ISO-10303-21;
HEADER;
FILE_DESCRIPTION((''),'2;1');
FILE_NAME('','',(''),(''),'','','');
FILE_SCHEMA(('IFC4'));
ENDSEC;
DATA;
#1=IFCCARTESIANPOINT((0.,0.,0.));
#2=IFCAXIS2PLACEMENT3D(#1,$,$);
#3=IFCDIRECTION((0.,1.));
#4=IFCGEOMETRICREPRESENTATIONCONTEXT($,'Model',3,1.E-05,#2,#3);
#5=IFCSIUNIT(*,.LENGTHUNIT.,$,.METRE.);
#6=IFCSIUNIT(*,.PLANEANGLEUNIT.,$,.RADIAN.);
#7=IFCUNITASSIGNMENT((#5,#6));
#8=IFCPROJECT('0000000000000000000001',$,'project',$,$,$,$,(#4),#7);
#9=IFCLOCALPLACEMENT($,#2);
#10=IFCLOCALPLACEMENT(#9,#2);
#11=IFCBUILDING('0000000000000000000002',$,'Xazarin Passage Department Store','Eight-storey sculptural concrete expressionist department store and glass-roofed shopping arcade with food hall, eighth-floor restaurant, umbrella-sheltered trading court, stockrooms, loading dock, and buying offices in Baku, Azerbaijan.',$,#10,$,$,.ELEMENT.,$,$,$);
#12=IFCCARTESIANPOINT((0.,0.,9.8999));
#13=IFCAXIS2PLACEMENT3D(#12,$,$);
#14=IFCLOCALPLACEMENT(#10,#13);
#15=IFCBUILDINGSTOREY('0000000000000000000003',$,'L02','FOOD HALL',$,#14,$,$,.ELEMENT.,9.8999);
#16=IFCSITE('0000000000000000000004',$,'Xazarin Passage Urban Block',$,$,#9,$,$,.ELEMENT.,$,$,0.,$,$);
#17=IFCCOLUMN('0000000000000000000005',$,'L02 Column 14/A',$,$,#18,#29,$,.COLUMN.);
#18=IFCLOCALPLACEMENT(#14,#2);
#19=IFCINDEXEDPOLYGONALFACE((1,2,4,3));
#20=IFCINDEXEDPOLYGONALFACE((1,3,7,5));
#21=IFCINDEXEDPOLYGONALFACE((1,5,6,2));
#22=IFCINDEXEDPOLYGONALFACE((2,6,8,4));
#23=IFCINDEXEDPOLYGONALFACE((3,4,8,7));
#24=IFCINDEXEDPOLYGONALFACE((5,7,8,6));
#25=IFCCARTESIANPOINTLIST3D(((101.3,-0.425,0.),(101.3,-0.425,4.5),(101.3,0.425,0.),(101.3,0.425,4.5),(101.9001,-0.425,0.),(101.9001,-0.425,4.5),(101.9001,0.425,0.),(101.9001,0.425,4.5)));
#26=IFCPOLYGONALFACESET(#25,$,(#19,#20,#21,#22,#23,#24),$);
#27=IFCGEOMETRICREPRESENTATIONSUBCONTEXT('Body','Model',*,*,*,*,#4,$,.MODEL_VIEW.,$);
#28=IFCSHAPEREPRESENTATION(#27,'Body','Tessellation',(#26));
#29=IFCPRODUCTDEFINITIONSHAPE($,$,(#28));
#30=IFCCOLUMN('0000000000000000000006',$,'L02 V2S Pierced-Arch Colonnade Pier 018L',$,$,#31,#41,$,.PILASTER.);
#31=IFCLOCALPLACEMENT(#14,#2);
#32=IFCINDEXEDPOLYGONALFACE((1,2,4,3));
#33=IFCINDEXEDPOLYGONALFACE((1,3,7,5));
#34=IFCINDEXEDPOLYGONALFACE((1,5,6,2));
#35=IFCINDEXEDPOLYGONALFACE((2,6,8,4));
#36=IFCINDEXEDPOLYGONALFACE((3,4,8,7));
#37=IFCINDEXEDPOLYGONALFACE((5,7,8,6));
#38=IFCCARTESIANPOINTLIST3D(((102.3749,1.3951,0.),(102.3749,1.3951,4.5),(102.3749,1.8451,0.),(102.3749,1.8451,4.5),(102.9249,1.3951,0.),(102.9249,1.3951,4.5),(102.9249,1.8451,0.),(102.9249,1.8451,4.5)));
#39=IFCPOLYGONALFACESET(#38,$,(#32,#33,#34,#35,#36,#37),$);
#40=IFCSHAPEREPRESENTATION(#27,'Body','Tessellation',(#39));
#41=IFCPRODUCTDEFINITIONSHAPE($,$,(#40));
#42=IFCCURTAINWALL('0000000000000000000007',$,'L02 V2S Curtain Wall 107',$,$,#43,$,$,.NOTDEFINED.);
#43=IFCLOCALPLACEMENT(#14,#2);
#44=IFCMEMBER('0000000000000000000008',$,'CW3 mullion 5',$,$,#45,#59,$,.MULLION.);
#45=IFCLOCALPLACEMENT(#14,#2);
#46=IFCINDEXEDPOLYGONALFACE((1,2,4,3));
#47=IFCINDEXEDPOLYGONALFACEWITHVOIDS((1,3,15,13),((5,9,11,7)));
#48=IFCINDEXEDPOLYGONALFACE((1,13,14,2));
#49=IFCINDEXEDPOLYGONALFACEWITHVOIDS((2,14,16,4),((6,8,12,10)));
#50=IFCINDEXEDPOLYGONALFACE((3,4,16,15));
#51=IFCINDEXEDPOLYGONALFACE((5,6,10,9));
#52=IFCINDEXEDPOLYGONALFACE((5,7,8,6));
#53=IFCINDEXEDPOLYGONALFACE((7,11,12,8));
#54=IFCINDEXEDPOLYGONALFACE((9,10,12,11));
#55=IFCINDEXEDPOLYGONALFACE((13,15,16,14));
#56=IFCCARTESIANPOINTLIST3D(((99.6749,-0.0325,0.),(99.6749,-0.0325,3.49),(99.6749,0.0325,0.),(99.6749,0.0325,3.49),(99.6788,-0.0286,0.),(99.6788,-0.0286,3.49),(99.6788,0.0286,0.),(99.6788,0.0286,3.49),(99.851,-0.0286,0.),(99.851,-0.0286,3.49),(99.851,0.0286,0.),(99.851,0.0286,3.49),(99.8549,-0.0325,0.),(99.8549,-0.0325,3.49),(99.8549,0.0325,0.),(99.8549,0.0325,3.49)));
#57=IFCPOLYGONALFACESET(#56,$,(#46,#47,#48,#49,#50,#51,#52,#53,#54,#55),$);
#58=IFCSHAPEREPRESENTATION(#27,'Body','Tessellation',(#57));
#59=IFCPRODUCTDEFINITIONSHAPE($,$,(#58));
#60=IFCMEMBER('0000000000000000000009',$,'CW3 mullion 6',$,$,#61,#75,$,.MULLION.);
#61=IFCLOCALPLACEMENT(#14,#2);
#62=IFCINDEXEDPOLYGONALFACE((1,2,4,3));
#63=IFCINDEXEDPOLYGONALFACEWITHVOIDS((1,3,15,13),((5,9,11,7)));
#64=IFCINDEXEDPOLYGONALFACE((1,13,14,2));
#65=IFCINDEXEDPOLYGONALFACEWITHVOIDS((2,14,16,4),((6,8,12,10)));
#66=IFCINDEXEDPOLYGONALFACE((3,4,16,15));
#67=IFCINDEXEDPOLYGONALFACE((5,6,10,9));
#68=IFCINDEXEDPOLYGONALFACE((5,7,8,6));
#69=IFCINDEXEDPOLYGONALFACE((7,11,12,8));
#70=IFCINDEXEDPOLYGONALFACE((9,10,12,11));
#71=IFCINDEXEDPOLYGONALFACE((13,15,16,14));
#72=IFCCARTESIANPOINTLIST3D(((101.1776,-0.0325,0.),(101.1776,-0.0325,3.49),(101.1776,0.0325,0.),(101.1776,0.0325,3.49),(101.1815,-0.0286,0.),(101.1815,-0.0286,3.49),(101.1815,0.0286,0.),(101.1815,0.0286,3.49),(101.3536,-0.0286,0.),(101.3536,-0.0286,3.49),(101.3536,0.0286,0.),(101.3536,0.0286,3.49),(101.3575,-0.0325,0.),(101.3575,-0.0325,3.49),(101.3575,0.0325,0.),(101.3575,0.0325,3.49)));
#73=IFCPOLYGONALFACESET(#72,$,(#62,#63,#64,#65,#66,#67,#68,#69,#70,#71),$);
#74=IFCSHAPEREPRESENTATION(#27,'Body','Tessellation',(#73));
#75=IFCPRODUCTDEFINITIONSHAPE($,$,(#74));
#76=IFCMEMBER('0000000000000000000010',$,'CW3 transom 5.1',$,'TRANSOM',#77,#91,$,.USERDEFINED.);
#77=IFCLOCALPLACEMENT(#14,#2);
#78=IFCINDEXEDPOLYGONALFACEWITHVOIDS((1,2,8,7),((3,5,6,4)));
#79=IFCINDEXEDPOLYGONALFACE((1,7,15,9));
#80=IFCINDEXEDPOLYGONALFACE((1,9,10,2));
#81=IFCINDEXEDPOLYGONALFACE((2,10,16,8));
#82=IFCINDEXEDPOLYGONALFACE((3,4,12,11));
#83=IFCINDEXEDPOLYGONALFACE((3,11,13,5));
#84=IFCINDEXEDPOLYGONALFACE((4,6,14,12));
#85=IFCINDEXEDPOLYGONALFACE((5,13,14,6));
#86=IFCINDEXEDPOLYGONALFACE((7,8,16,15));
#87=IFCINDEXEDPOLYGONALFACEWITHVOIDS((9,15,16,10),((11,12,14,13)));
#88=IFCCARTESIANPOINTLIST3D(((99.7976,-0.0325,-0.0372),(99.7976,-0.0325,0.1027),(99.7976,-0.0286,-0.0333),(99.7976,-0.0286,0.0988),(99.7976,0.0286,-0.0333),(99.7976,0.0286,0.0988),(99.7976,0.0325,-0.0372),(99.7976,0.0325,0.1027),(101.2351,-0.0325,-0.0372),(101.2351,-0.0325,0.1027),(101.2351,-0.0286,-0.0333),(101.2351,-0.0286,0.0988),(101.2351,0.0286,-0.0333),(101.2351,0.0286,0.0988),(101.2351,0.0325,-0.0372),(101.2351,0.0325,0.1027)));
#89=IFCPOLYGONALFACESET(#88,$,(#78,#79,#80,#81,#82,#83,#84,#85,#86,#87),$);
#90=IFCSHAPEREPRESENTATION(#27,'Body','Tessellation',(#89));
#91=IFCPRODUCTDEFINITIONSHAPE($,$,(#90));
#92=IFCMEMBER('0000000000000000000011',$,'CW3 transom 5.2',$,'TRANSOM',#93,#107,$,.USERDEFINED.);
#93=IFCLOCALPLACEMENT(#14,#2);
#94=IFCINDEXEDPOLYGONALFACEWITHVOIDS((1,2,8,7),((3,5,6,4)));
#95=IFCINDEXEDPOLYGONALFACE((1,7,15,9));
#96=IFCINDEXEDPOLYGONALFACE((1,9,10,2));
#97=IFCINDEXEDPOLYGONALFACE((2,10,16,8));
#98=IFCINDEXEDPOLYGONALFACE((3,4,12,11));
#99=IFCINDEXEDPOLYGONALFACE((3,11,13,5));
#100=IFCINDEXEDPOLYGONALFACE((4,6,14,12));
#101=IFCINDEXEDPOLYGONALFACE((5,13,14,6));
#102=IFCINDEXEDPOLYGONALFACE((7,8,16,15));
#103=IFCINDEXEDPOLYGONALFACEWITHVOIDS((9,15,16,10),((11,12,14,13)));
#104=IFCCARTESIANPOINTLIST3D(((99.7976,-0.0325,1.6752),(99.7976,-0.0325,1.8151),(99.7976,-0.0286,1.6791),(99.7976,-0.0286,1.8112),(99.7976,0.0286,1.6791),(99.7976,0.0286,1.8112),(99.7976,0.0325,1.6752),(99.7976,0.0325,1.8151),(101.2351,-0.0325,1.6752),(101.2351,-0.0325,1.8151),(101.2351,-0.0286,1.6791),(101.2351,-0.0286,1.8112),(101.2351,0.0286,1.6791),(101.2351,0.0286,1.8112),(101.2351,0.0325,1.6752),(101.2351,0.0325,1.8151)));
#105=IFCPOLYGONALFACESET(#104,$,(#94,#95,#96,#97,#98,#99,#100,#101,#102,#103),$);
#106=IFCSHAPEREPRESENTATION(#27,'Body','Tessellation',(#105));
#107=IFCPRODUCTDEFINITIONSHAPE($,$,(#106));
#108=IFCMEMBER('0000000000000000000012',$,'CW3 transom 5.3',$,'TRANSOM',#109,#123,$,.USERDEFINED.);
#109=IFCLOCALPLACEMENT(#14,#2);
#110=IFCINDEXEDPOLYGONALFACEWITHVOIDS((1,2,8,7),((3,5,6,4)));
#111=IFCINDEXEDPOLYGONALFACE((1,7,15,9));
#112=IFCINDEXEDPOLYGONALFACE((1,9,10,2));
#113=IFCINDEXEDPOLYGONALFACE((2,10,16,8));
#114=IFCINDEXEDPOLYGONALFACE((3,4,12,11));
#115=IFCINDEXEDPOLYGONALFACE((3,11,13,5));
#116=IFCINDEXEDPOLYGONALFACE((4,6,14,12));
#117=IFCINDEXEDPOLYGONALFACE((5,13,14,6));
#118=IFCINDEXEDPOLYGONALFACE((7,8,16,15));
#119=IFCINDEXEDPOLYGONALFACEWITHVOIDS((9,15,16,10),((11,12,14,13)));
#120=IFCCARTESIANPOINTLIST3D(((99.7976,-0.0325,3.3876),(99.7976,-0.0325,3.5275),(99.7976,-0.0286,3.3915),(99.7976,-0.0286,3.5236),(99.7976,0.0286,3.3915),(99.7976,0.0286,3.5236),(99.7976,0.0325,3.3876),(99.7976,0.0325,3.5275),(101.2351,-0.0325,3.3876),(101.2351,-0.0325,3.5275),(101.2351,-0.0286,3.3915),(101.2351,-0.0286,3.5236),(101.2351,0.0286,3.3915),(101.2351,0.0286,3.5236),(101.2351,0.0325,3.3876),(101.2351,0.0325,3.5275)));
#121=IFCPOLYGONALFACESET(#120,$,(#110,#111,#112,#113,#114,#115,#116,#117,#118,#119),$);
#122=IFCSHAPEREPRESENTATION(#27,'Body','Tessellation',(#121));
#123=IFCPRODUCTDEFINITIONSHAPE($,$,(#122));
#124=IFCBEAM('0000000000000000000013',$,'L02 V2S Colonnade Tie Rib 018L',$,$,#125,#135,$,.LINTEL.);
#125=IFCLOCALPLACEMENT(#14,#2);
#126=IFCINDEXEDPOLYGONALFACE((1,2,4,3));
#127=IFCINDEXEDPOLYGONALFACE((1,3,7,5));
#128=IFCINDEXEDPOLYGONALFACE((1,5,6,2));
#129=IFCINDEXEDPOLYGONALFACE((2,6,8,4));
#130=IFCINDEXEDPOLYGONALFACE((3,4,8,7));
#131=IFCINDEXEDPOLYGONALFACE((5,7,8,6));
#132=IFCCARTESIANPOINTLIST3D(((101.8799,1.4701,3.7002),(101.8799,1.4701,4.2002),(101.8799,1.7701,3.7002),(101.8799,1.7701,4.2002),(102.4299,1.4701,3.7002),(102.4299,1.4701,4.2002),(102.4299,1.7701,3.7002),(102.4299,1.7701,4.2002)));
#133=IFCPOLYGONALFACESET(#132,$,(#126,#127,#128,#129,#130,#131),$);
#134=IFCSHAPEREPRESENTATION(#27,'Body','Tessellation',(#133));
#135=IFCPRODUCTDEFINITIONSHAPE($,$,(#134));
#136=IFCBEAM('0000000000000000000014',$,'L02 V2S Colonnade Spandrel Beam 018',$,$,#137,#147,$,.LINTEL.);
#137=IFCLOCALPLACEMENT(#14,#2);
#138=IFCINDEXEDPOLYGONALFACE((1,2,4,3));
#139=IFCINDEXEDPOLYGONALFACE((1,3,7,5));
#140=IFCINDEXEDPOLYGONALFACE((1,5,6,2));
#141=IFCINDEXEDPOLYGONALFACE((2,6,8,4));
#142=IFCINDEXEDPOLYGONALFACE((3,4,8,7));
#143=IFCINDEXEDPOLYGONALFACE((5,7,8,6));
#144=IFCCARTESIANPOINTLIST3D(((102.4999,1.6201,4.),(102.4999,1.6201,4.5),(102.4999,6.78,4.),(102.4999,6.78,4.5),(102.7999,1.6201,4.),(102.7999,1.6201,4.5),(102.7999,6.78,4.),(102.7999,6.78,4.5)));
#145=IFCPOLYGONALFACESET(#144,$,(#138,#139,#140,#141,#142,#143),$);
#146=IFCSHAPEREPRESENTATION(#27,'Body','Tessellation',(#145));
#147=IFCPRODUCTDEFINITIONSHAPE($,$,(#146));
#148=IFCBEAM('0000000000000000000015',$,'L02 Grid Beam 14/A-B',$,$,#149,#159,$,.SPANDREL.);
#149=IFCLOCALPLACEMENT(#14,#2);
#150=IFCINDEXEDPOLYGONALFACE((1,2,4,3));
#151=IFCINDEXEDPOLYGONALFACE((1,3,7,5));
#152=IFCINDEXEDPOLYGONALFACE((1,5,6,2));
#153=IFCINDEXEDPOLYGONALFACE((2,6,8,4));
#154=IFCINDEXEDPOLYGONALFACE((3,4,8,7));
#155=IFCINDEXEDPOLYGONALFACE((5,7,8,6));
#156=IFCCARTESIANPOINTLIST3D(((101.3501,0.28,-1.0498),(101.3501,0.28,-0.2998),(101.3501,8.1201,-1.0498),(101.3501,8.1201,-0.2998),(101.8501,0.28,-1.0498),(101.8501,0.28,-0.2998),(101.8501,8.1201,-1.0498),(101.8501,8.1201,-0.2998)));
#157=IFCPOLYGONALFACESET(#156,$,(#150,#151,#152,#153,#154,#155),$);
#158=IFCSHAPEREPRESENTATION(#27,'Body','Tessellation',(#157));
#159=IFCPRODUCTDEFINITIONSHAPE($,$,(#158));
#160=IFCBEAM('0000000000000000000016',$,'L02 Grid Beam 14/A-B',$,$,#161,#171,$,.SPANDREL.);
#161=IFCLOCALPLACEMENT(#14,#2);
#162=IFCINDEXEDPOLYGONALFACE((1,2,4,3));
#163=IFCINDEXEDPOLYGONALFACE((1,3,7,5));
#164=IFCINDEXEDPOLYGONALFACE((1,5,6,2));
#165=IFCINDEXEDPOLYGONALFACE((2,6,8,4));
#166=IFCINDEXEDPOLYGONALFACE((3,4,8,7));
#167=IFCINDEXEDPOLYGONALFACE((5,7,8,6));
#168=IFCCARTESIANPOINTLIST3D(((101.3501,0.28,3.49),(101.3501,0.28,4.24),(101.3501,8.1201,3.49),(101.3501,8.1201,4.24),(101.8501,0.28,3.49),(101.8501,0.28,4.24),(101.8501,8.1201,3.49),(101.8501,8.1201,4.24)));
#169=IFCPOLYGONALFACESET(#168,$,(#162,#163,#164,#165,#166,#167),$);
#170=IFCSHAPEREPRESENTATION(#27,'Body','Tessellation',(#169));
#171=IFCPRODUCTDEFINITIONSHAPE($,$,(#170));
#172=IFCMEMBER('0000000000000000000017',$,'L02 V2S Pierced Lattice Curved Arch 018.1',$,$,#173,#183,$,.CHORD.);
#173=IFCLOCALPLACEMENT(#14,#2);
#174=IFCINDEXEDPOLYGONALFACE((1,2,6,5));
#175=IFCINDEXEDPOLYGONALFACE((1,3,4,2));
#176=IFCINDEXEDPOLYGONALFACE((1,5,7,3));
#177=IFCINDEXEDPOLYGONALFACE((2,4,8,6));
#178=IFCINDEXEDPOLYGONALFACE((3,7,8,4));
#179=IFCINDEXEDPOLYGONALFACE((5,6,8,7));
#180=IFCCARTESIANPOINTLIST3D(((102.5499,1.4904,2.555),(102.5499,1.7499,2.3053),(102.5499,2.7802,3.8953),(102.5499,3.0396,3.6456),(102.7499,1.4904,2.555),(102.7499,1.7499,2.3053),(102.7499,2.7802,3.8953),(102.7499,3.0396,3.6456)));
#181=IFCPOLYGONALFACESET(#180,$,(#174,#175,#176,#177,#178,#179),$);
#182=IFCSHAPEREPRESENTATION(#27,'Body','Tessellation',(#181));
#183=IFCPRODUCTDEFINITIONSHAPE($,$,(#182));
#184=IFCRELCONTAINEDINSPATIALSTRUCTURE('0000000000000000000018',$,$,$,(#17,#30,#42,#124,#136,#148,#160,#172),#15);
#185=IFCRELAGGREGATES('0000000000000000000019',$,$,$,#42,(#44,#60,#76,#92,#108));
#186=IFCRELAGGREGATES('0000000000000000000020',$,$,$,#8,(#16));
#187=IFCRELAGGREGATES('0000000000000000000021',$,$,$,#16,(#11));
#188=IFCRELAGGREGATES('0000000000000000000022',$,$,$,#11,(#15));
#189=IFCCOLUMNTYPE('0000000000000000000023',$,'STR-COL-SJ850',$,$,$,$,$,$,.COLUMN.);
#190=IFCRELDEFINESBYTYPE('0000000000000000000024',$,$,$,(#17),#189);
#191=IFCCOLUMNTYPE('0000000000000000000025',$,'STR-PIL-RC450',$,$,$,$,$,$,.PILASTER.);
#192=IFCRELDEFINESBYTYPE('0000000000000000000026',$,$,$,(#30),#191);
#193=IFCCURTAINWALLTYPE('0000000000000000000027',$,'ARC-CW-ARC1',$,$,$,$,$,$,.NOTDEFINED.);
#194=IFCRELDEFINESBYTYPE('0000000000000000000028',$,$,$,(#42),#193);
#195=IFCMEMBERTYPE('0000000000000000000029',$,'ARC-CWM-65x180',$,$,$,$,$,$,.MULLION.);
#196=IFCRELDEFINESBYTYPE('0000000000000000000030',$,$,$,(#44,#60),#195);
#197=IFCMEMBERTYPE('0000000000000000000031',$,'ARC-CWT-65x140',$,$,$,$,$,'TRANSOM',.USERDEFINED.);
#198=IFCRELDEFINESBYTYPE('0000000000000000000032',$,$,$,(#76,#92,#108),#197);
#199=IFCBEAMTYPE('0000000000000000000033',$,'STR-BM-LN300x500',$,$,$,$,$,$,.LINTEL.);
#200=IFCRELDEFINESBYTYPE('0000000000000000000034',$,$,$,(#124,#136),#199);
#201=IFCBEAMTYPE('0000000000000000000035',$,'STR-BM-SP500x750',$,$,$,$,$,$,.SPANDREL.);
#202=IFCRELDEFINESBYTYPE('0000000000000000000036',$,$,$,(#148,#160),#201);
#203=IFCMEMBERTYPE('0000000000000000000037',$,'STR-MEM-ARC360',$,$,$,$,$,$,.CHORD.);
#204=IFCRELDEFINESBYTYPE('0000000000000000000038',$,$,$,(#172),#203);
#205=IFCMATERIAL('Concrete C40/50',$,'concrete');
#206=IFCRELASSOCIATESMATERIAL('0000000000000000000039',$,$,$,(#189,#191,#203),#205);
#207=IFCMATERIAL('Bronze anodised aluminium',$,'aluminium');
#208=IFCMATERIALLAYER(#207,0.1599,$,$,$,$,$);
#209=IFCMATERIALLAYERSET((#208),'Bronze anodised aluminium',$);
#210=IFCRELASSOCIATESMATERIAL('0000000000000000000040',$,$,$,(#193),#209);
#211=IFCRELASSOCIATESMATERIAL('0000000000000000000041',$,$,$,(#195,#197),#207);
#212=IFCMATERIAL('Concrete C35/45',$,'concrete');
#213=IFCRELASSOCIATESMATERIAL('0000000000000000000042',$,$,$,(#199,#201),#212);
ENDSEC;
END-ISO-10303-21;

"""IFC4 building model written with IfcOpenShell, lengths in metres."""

from ifc_helpers import new_model, si_unit, direction, frame, origin, origin_2d, place, context, subcontext, project, spatial, rectangle, hollow_rectangle, extrude, material, layer, layer_set, material_profile, profile_set, type_object, element, aggregate, save


model = new_model("IFC4")

# Units and contexts
model_context = context("Model", 3, precision=1e-05, world=origin(), true_north=direction((0.0, 1.0)))
body_context = subcontext(model_context, "Body", "Model", "MODEL_VIEW")
ifc_project = project(units=[si_unit("LENGTHUNIT", "METRE"), si_unit("PLANEANGLEUNIT", "RADIAN")], contexts=[model_context])

# Site, building, storey
site_placement = place(None, origin())
site = spatial("IfcSite", under=ifc_project, at=site_placement, Name="Xazarin Passage Urban Block", CompositionType="ELEMENT", RefElevation=0.0)
building_placement = place(site_placement, origin())
building = spatial("IfcBuilding", under=site, at=building_placement, Name="Xazarin Passage Department Store", Description="Eight-storey sculptural concrete expressionist department store and glass-roofed shopping arcade with food hall, eighth-floor restaurant, umbrella-sheltered trading court, stockrooms, loading dock, and buying offices in Baku, Azerbaijan.", CompositionType="ELEMENT")
storey_placement = place(building_placement, frame((0.0, 0.0, 9.8999)))
storey = spatial("IfcBuildingStorey", under=building, at=storey_placement, Name="L02", Description="FOOD HALL", CompositionType="ELEMENT", Elevation=9.8999)

# Columns
ifc_material_1 = material(Name="Concrete C40/50", Category="concrete")
ifc_material_profile_1 = material_profile(ifc_material_1, rectangle(XDim=0.6001, YDim=0.8501, at=origin_2d()), Name="RC 600x850")
ifc_profile_set_1 = profile_set([ifc_material_profile_1], Name="Concrete C40/50")
column_type_1 = type_object("IfcColumnType", Name="STR-COL-SJ850", PredefinedType="COLUMN", material=ifc_profile_set_1)
column_1_placement = place(storey_placement, frame((101.6001, 0.0, 0.0), z_axis=(0.0, 0.0, 1.0), x_axis=(1.0, 0.0, 0.0)))
element("IfcColumn", 1, at=column_1_placement, inside=storey, type_object=column_type_1, Name="L02 Column 14/A", PredefinedType="COLUMN", context=body_context, shape_type="SweptSolid", body=[
    extrude(rectangle(XDim=0.6001, YDim=0.8501, at=origin_2d()), origin(), (0.0, 0.0, 1.0), 4.5),
])
ifc_material_profile_2 = material_profile(ifc_material_1, rectangle(XDim=0.45, YDim=0.55, at=origin_2d()), Name="RC 450x550")
ifc_profile_set_2 = profile_set([ifc_material_profile_2], Name="Concrete C40/50")
column_type_2 = type_object("IfcColumnType", Name="STR-PIL-RC450", PredefinedType="PILASTER", material=ifc_profile_set_2)
column_2_placement = place(storey_placement, frame((102.6499, 1.6201, 0.0), z_axis=(0.0, 0.0, 1.0), x_axis=(0.0, 1.0, 0.0)))
element("IfcColumn", 2, at=column_2_placement, inside=storey, type_object=column_type_2, Name="L02 V2S Pierced-Arch Colonnade Pier 018L", PredefinedType="PILASTER", context=body_context, shape_type="SweptSolid", body=[
    extrude(rectangle(XDim=0.45, YDim=0.55, at=origin_2d()), origin(), (0.0, 0.0, 1.0), 4.5),
])

# Curtain wall, members
ifc_material_2 = material(Name="Bronze anodised aluminium", Category="aluminium")
ifc_layer_1 = layer(ifc_material_2, 0.1599)
ifc_layer_set_1 = layer_set([ifc_layer_1], Name="Bronze anodised aluminium")
curtain_wall_type = type_object("IfcCurtainWallType", Name="ARC-CW-ARC1", PredefinedType="NOTDEFINED", material=ifc_layer_set_1)
curtain_wall_placement = place(storey_placement, origin())
curtain_wall = element("IfcCurtainWall", 3, at=curtain_wall_placement, inside=storey, type_object=curtain_wall_type, Name="L02 V2S Curtain Wall 107", PredefinedType="NOTDEFINED")
ifc_material_profile_3 = material_profile(ifc_material_2, hollow_rectangle(XDim=0.0649, YDim=0.1799, WallThickness=0.0039, at=origin_2d()), Name="ALU 65x180")
ifc_profile_set_3 = profile_set([ifc_material_profile_3], Name="Bronze anodised aluminium")
member_type_1 = type_object("IfcMemberType", Name="ARC-CWM-65x180", PredefinedType="MULLION", material=ifc_profile_set_3)
member_1_placement = place(storey_placement, frame((99.7649, 0.0, 0.0), z_axis=(0.0, 0.0, 1.0), x_axis=(0.0, 1.0, 0.0)))
member_1 = element("IfcMember", 4, at=member_1_placement, type_object=member_type_1, Name="CW3 mullion 5", PredefinedType="MULLION", context=body_context, shape_type="SweptSolid", body=[
    extrude(hollow_rectangle(XDim=0.0649, YDim=0.1799, WallThickness=0.0039, at=origin_2d()), origin(), (0.0, 0.0, 1.0), 3.49),
])
member_2_placement = place(storey_placement, frame((101.2676, 0.0, 0.0), z_axis=(0.0, 0.0, 1.0), x_axis=(0.0, 1.0, 0.0)))
member_2 = element("IfcMember", 5, at=member_2_placement, type_object=member_type_1, Name="CW3 mullion 6", PredefinedType="MULLION", context=body_context, shape_type="SweptSolid", body=[
    extrude(hollow_rectangle(XDim=0.0649, YDim=0.1799, WallThickness=0.0039, at=origin_2d()), origin(), (0.0, 0.0, 1.0), 3.49),
])
ifc_material_profile_4 = material_profile(ifc_material_2, hollow_rectangle(XDim=0.0649, YDim=0.1399, WallThickness=0.0039, at=origin_2d()), Name="ALU 65x140")
ifc_profile_set_4 = profile_set([ifc_material_profile_4], Name="Bronze anodised aluminium")
member_type_2 = type_object("IfcMemberType", Name="ARC-CWT-65x140", ElementType="TRANSOM", PredefinedType="USERDEFINED", material=ifc_profile_set_4)
member_3_placement = place(storey_placement, frame((99.7976, 0.0, 0.0327), z_axis=(1.0, 0.0, 0.0), x_axis=(0.0, 1.0, 0.0)))
member_3 = element("IfcMember", 6, at=member_3_placement, type_object=member_type_2, Name="CW3 transom 5.1", ObjectType="TRANSOM", PredefinedType="USERDEFINED", context=body_context, shape_type="SweptSolid", body=[
    extrude(hollow_rectangle(XDim=0.0649, YDim=0.1399, WallThickness=0.0039, at=origin_2d()), origin(), (0.0, 0.0, 1.0), 1.4375),
])
member_4_placement = place(storey_placement, frame((99.7976, 0.0, 1.7451), z_axis=(1.0, 0.0, 0.0), x_axis=(0.0, 1.0, 0.0)))
member_4 = element("IfcMember", 7, at=member_4_placement, type_object=member_type_2, Name="CW3 transom 5.2", ObjectType="TRANSOM", PredefinedType="USERDEFINED", context=body_context, shape_type="SweptSolid", body=[
    extrude(hollow_rectangle(XDim=0.0649, YDim=0.1399, WallThickness=0.0039, at=origin_2d()), origin(), (0.0, 0.0, 1.0), 1.4375),
])
member_5_placement = place(storey_placement, frame((99.7976, 0.0, 3.4575), z_axis=(1.0, 0.0, 0.0), x_axis=(0.0, 1.0, 0.0)))
member_5 = element("IfcMember", 8, at=member_5_placement, type_object=member_type_2, Name="CW3 transom 5.3", ObjectType="TRANSOM", PredefinedType="USERDEFINED", context=body_context, shape_type="SweptSolid", body=[
    extrude(hollow_rectangle(XDim=0.0649, YDim=0.1399, WallThickness=0.0039, at=origin_2d()), origin(), (0.0, 0.0, 1.0), 1.4375),
])

# Beams
ifc_material_3 = material(Name="Concrete C35/45", Category="concrete")
ifc_material_profile_5 = material_profile(ifc_material_3, rectangle(XDim=0.3, YDim=0.5, at=origin_2d()), Name="RC 300x500")
ifc_profile_set_5 = profile_set([ifc_material_profile_5], Name="Concrete C35/45")
beam_type_1 = type_object("IfcBeamType", Name="STR-BM-LN300x500", PredefinedType="LINTEL", material=ifc_profile_set_5)
beam_1_placement = place(storey_placement, frame((101.8799, 1.6201, 3.9502), z_axis=(1.0, 0.0, 0.0), x_axis=(0.0, 1.0, 0.0)))
element("IfcBeam", 9, at=beam_1_placement, inside=storey, type_object=beam_type_1, Name="L02 V2S Colonnade Tie Rib 018L", PredefinedType="LINTEL", context=body_context, shape_type="SweptSolid", body=[
    extrude(rectangle(XDim=0.3, YDim=0.5, at=origin_2d()), origin(), (0.0, 0.0, 1.0), 0.55),
])
beam_2_placement = place(storey_placement, frame((102.6499, 1.6201, 4.25), z_axis=(0.0, 1.0, 0.0), x_axis=(-1.0, 0.0, 0.0)))
element("IfcBeam", 10, at=beam_2_placement, inside=storey, type_object=beam_type_1, Name="L02 V2S Colonnade Spandrel Beam 018", PredefinedType="LINTEL", context=body_context, shape_type="SweptSolid", body=[
    extrude(rectangle(XDim=0.3, YDim=0.5, at=origin_2d()), origin(), (0.0, 0.0, 1.0), 5.1599),
])
ifc_material_profile_6 = material_profile(ifc_material_3, rectangle(XDim=0.5, YDim=0.75, at=origin_2d()), Name="RC 500x750")
ifc_profile_set_6 = profile_set([ifc_material_profile_6], Name="Concrete C35/45")
beam_type_2 = type_object("IfcBeamType", Name="STR-BM-SP500x750", PredefinedType="SPANDREL", material=ifc_profile_set_6)
for number, where, z_axis, x_axis, name in (
    (11, (101.6001, 0.28, -0.6748), (0.0, 1.0, 0.0), (-1.0, 0.0, 0.0), "L02 Grid Beam 14/A-B"),
    (12, (101.6001, 0.28, 3.865), (0.0, 1.0, 0.0), (-1.0, 0.0, 0.0), "L02 Grid Beam 14/A-B"),
):
    element("IfcBeam", number, at=place(storey_placement, frame(where, z_axis=z_axis, x_axis=x_axis)), inside=storey, type_object=beam_type_2, Name=name, PredefinedType="SPANDREL", context=body_context, shape_type="SweptSolid", body=[
        extrude(rectangle(XDim=0.5, YDim=0.75, at=origin_2d()), origin(), (0.0, 0.0, 1.0), 7.8401),
    ])

# Member
ifc_material_profile_7 = material_profile(ifc_material_1, rectangle(XDim=0.2, YDim=0.3601, at=origin_2d()), Name="RC 200x360")
ifc_profile_set_7 = profile_set([ifc_material_profile_7], Name="Concrete C40/50")
member_type_3 = type_object("IfcMemberType", Name="STR-MEM-ARC360", PredefinedType="CHORD", material=ifc_profile_set_7)
member_6_placement = place(storey_placement, frame((102.6499, 1.6201, 2.4302), z_axis=(0.0, 0.693392, 0.720561), x_axis=(-1.0, 0.0, 0.0)))
element("IfcMember", 13, at=member_6_placement, inside=storey, type_object=member_type_3, Name="L02 V2S Pierced Lattice Curved Arch 018.1", PredefinedType="CHORD", context=body_context, shape_type="SweptSolid", body=[
    extrude(rectangle(XDim=0.2, YDim=0.3601, at=origin_2d()), origin(), (0.0, 0.0, 1.0), 1.8601),
])

aggregate(curtain_wall, [member_1, member_2, member_3, member_4, member_5])

save(model, "model.ifc")
